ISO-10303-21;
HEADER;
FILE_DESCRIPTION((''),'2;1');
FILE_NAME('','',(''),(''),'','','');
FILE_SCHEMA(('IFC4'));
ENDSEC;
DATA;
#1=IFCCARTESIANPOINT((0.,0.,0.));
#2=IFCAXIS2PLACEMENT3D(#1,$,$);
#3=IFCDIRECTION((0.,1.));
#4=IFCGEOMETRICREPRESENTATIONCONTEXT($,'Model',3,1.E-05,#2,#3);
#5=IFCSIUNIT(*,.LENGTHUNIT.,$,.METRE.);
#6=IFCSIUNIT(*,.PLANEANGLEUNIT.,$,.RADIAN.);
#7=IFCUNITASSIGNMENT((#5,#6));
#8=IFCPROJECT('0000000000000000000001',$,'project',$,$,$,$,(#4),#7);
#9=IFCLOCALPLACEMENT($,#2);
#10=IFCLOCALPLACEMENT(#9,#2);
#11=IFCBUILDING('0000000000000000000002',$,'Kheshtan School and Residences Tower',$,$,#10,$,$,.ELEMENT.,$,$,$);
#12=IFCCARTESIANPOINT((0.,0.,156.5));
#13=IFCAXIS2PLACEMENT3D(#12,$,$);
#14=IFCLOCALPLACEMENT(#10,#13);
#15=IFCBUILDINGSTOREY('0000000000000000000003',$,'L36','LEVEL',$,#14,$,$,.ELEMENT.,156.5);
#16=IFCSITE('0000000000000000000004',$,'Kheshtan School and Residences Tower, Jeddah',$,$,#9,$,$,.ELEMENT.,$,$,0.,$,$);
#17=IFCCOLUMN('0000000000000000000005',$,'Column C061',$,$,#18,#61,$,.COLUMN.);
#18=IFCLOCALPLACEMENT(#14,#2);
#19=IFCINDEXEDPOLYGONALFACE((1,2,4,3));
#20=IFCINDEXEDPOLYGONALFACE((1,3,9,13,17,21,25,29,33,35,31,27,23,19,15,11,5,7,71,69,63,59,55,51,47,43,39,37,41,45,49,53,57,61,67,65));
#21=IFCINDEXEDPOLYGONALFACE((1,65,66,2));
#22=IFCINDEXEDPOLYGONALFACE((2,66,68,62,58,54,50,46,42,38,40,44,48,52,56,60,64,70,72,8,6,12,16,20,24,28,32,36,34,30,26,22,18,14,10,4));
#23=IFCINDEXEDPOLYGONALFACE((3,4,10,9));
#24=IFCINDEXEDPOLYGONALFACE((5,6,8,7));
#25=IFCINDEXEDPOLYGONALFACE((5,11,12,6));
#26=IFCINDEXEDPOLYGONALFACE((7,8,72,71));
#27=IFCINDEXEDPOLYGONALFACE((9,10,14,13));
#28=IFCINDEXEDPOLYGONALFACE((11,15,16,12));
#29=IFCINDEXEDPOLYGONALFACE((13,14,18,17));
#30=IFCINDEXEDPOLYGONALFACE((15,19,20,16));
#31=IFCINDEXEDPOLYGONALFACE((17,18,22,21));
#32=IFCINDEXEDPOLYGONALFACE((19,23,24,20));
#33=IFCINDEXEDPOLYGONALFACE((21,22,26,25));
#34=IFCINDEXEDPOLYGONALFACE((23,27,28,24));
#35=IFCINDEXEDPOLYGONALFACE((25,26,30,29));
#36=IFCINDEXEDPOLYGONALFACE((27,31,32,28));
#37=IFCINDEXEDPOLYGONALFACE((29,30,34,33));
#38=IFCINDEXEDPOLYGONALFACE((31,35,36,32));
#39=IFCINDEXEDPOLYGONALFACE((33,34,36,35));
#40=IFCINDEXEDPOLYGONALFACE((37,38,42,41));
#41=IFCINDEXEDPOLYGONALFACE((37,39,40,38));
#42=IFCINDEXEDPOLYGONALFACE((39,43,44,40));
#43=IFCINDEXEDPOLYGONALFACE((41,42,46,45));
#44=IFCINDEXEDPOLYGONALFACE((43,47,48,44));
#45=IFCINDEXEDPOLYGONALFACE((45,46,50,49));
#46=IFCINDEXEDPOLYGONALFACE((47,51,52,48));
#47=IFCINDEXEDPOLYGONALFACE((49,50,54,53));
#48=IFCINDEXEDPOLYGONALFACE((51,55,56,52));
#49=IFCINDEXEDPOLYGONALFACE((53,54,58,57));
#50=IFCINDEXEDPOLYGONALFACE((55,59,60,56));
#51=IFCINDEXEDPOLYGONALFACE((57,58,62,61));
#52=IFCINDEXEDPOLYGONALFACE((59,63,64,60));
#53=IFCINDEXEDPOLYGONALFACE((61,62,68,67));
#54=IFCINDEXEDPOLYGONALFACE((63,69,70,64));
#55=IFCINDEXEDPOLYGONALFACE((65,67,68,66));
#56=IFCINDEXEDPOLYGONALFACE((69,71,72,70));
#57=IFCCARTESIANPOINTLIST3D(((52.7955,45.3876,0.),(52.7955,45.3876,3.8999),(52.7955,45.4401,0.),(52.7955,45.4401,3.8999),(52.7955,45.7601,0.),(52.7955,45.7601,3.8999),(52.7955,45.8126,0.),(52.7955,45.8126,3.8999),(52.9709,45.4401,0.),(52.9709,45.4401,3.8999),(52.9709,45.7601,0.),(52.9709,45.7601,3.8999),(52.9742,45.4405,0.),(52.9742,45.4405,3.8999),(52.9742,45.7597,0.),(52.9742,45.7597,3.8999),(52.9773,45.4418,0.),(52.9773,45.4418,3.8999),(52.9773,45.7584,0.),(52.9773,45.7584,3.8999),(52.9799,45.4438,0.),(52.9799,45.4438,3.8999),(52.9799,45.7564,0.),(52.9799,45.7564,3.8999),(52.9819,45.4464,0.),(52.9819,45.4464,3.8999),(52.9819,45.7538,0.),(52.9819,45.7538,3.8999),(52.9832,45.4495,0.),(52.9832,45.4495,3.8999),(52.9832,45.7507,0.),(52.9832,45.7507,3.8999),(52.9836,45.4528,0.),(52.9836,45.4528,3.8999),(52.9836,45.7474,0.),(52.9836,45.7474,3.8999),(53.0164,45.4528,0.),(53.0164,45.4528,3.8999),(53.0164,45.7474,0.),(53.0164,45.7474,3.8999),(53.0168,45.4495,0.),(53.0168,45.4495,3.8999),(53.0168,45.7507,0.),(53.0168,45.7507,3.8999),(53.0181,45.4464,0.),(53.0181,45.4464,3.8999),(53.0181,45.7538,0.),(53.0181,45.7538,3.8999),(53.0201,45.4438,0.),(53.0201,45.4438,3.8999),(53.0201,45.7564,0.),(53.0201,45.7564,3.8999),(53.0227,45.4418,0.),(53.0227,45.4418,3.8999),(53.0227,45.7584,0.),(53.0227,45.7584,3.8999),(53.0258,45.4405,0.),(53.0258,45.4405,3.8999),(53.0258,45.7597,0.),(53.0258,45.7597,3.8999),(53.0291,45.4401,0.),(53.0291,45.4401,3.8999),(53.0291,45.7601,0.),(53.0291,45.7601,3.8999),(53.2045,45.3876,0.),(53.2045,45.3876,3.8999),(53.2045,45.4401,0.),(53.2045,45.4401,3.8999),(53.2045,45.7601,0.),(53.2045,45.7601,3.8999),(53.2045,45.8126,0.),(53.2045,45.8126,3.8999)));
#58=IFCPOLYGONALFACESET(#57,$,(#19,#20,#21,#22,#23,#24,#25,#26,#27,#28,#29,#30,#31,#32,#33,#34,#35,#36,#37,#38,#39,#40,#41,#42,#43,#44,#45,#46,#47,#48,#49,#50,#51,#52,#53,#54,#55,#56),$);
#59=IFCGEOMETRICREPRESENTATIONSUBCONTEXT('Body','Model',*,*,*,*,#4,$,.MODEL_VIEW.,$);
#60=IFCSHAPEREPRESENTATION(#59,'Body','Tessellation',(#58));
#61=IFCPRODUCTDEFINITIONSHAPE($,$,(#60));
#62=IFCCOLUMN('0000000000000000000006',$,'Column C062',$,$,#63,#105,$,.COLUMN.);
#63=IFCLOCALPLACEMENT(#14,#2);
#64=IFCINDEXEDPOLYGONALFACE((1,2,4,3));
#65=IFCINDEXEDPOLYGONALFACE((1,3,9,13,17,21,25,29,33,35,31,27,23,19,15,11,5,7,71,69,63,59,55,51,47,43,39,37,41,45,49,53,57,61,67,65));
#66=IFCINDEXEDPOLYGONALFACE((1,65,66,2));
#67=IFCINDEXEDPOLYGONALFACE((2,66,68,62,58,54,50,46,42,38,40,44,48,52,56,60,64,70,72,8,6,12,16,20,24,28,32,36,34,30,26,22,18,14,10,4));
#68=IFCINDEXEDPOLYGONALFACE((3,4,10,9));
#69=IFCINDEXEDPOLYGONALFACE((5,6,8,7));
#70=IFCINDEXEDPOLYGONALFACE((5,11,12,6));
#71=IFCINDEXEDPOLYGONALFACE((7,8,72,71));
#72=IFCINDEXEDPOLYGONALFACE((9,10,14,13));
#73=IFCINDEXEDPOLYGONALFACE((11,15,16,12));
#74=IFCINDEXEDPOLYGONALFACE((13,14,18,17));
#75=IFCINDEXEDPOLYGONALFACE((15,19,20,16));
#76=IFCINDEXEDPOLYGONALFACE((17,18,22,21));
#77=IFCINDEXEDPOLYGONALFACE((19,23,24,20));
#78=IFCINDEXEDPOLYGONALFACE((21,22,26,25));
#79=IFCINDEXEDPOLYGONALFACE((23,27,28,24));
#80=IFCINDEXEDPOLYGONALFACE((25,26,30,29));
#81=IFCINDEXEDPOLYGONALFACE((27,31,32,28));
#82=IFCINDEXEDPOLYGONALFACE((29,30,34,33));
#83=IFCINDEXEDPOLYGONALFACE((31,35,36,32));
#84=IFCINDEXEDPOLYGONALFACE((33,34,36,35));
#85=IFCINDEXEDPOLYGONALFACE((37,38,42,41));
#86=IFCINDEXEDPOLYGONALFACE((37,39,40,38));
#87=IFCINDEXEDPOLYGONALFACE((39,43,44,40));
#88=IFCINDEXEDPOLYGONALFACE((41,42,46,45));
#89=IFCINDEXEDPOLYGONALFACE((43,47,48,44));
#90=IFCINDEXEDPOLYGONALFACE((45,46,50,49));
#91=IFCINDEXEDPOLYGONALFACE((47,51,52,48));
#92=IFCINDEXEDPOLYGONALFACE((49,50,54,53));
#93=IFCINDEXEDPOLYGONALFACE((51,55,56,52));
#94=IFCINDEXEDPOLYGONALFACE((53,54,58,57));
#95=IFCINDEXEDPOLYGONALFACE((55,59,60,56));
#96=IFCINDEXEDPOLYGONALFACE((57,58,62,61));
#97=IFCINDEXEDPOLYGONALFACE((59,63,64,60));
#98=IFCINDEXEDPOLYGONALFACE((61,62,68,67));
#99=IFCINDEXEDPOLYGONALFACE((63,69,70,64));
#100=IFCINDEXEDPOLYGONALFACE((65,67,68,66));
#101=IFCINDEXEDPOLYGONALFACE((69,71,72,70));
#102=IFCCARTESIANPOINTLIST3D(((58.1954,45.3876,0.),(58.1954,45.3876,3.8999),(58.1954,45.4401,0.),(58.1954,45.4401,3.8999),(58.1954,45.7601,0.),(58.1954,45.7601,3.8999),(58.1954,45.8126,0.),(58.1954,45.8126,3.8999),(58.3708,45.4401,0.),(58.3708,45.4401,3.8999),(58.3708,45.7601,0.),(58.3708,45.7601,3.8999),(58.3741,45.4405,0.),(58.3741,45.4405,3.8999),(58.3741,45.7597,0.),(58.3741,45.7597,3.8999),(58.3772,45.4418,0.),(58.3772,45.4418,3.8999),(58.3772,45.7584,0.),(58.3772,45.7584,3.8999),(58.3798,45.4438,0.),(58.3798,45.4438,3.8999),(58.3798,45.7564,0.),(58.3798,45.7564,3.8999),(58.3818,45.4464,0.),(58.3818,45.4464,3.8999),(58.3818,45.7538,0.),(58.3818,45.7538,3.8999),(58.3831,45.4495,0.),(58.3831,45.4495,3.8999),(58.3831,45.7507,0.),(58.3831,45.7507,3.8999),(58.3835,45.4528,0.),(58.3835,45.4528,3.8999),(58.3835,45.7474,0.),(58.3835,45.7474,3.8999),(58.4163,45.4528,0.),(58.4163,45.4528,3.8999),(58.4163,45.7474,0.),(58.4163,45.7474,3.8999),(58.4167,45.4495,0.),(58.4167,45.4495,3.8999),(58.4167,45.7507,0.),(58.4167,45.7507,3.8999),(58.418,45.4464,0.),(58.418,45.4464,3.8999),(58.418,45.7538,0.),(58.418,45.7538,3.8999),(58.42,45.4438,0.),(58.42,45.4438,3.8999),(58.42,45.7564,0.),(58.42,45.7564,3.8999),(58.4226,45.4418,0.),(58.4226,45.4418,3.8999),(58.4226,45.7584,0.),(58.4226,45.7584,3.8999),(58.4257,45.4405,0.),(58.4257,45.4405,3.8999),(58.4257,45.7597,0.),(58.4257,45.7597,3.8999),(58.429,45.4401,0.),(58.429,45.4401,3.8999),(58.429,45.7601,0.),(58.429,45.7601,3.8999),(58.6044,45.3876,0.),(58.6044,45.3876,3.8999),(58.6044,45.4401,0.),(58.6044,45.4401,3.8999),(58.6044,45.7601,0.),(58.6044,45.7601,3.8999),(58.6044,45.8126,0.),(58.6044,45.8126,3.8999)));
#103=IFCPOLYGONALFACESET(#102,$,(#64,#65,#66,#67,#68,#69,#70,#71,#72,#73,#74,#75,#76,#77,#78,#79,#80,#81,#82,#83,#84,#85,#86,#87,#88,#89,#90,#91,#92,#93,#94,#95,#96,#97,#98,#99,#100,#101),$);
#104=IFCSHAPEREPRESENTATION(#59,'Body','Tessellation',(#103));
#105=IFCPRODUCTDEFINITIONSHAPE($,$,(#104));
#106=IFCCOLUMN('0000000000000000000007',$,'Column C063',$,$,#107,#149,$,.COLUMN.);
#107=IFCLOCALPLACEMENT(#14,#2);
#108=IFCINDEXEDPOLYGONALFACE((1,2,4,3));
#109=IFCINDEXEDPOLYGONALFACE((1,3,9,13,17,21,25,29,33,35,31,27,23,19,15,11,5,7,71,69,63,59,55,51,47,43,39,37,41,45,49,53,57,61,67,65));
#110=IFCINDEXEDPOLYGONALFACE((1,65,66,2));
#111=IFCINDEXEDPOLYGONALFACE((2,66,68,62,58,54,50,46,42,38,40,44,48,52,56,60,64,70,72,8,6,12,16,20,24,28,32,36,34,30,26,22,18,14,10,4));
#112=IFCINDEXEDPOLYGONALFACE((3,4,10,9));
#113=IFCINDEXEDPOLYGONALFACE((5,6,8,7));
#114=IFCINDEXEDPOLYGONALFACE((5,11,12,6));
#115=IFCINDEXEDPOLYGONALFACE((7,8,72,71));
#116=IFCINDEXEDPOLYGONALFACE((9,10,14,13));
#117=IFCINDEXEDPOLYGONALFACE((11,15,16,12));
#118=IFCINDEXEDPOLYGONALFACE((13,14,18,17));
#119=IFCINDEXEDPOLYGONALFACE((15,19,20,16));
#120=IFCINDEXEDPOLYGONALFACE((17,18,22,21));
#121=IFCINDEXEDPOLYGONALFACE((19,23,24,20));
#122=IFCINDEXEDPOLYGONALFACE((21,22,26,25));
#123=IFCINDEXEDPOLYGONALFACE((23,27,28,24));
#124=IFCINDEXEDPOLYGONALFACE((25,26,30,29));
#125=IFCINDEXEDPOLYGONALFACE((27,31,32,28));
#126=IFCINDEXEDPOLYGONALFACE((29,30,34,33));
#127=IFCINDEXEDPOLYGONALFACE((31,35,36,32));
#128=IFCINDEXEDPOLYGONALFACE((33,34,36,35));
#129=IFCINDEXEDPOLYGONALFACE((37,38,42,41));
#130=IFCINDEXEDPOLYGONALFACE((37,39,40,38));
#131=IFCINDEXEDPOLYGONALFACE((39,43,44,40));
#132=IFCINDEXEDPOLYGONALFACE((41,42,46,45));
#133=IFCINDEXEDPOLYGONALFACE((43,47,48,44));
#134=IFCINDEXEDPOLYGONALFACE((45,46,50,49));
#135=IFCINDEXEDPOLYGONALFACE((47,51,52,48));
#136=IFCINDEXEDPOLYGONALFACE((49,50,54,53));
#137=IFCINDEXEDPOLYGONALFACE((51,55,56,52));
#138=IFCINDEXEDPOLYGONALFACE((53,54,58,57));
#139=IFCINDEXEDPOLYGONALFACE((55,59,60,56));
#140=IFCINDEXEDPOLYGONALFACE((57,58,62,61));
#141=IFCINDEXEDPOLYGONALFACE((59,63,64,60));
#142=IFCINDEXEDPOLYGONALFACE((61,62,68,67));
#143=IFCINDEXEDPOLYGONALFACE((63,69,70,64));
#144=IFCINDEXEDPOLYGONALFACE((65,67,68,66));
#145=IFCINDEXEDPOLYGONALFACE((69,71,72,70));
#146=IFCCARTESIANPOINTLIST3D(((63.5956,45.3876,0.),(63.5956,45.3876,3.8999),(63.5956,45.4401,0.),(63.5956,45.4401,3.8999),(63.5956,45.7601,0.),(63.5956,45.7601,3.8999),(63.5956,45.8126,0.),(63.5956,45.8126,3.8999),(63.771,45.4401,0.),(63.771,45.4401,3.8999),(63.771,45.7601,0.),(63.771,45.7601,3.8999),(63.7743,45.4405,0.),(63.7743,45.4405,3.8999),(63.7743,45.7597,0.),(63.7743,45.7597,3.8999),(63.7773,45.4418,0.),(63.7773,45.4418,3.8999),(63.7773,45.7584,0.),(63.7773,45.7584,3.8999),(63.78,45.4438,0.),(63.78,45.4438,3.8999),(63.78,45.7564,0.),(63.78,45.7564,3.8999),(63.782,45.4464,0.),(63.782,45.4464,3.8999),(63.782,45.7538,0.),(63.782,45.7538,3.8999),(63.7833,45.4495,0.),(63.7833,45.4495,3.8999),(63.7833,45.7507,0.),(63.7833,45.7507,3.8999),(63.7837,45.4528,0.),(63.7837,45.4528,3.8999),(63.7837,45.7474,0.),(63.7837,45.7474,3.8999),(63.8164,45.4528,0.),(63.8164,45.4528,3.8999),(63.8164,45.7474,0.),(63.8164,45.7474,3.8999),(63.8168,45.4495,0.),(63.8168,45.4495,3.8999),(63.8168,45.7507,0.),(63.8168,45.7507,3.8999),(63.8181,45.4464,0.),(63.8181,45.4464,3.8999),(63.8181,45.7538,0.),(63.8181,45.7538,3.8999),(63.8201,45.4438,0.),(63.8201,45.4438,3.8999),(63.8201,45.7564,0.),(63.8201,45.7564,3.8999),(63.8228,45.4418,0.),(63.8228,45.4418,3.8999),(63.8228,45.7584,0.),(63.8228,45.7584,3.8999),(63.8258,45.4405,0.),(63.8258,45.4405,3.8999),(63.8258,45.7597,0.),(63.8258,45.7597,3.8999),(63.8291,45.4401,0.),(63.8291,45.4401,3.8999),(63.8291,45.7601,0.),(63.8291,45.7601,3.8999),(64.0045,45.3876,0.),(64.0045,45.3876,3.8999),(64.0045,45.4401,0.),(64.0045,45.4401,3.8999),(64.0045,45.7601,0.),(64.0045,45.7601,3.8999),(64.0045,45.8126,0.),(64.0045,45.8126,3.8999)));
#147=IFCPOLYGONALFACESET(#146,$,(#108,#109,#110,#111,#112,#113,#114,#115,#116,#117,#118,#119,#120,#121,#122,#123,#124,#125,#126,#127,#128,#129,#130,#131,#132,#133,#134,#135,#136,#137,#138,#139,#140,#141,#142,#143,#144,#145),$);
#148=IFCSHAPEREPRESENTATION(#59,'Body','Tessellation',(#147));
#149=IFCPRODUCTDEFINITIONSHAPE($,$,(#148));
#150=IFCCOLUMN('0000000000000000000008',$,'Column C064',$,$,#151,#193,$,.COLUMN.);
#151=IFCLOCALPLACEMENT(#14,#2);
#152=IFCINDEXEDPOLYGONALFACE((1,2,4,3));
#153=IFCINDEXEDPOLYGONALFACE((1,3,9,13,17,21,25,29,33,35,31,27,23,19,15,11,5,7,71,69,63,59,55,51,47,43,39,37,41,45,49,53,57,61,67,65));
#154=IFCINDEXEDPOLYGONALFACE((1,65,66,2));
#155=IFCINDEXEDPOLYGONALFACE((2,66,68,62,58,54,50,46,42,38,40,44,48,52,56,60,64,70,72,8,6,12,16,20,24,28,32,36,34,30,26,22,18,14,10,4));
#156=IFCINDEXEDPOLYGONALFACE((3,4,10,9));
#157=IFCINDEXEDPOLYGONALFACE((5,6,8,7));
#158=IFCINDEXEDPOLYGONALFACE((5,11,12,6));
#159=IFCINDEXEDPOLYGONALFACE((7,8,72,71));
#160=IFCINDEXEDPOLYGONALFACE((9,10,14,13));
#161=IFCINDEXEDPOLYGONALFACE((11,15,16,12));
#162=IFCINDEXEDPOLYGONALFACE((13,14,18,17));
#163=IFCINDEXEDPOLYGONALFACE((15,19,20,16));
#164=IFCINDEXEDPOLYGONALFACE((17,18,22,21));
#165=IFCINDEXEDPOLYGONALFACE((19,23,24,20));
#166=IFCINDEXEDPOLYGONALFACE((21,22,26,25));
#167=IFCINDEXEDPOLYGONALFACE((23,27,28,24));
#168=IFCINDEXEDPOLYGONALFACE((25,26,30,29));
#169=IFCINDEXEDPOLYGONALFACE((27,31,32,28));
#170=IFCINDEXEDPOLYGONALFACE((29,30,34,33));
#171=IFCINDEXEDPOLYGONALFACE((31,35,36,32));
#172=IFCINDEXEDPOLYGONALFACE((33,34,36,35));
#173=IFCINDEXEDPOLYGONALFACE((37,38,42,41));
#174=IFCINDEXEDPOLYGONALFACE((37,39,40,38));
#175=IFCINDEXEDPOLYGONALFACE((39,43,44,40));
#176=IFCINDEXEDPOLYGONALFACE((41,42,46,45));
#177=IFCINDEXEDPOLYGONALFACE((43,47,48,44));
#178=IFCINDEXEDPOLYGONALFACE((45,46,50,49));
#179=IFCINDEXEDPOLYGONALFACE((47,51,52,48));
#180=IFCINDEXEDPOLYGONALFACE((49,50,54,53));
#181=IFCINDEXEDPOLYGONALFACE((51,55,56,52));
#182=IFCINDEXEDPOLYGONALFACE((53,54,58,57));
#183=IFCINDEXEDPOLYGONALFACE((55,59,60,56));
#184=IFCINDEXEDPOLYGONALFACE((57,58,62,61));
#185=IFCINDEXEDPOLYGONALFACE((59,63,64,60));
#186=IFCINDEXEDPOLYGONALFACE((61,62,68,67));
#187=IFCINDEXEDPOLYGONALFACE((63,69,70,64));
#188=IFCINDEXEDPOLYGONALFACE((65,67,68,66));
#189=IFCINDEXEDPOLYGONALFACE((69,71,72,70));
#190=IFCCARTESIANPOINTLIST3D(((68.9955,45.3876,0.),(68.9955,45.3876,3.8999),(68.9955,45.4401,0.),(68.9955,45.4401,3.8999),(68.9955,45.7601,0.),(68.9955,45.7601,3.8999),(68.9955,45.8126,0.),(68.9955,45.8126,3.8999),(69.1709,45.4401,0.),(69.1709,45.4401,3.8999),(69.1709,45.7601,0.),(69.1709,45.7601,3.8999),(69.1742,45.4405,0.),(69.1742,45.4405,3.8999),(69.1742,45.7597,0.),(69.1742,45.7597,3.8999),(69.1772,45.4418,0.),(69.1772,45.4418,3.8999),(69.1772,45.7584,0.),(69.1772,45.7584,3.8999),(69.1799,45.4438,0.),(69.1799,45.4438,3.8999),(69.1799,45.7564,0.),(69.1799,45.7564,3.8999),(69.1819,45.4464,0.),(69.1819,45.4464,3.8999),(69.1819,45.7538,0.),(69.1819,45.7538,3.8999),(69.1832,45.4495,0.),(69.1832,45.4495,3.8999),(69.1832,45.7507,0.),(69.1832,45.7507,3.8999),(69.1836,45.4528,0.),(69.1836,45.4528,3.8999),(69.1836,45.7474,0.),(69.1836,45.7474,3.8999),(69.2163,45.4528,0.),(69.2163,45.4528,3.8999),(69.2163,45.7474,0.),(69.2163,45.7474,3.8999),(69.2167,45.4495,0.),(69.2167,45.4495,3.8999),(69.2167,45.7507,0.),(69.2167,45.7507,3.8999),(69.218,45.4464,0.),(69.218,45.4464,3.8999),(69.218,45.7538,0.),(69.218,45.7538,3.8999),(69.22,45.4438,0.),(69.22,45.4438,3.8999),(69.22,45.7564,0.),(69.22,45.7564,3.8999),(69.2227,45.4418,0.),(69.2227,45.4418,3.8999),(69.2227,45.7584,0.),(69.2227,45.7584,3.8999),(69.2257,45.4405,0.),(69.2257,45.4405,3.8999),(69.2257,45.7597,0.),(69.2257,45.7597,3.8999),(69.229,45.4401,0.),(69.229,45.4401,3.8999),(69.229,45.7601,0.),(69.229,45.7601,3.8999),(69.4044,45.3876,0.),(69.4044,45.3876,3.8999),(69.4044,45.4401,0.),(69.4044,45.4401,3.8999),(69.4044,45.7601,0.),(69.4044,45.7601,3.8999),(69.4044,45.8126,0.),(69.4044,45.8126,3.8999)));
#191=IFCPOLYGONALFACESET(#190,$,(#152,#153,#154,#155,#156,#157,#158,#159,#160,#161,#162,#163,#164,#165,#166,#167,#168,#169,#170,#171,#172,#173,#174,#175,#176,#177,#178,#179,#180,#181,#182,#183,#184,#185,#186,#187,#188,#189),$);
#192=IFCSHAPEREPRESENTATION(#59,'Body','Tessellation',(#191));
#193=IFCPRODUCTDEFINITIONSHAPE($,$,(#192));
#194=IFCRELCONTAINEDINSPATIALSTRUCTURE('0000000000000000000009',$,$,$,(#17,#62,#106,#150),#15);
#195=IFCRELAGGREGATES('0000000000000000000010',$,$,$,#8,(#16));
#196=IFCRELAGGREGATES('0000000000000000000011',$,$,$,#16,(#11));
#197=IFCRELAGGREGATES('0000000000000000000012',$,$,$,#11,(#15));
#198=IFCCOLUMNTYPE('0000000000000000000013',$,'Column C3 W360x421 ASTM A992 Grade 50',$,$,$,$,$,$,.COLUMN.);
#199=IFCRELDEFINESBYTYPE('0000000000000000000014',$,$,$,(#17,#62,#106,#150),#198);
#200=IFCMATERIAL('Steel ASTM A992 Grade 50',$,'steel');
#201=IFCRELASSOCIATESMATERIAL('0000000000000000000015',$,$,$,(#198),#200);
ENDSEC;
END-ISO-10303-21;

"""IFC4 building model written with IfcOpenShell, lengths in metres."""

from ifc_helpers import new_model, si_unit, direction, frame, origin, origin_2d, place, context, subcontext, project, spatial, i_section, extrude, material, material_profile, profile_set, type_object, element, save


model = new_model("IFC4")

# Units and contexts
model_context = context("Model", 3, precision=1e-05, world=origin(), true_north=direction((0.0, 1.0)))
body_context = subcontext(model_context, "Body", "Model", "MODEL_VIEW")
ifc_project = project(units=[si_unit("LENGTHUNIT", "METRE"), si_unit("PLANEANGLEUNIT", "RADIAN")], contexts=[model_context])

# Site, building, storey
site_placement = place(None, origin())
site = spatial("IfcSite", under=ifc_project, at=site_placement, Name="Kheshtan School and Residences Tower, Jeddah", CompositionType="ELEMENT", RefElevation=0.0)
building_placement = place(site_placement, origin())
building = spatial("IfcBuilding", under=site, at=building_placement, Name="Kheshtan School and Residences Tower", CompositionType="ELEMENT")
storey_placement = place(building_placement, frame((0.0, 0.0, 156.5)))
storey = spatial("IfcBuildingStorey", under=building, at=storey_placement, Name="L36", Description="LEVEL", CompositionType="ELEMENT", Elevation=156.5)

# Columns
ifc_material_1 = material(Name="Steel ASTM A992 Grade 50", Category="steel")
ifc_material_profile_1 = material_profile(ifc_material_1, i_section(OverallWidth=0.4089, OverallDepth=0.425, WebThickness=0.0327, FlangeThickness=0.0525, FilletRadius=0.0127, at=origin_2d()), Name="W360x421")
ifc_profile_set_1 = profile_set([ifc_material_profile_1], Name="Steel ASTM A992 Grade 50")
column_type_1 = type_object("IfcColumnType", Name="Column C3 W360x421 ASTM A992 Grade 50", PredefinedType="COLUMN", material=ifc_profile_set_1)
for number, where, z_axis, x_axis, name in (
    (1, (53.0, 45.6001, 0.0), (0.0, 0.0, 1.0), (1.0, 0.0, 0.0), "Column C061"),
    (2, (58.3999, 45.6001, 0.0), (0.0, 0.0, 1.0), (1.0, 0.0, 0.0), "Column C062"),
    (3, (63.8, 45.6001, 0.0), (0.0, 0.0, 1.0), (1.0, 0.0, 0.0), "Column C063"),
    (4, (69.2, 45.6001, 0.0), (0.0, 0.0, 1.0), (1.0, 0.0, 0.0), "Column C064"),
):
    element("IfcColumn", number, at=place(storey_placement, frame(where, z_axis=z_axis, x_axis=x_axis)), inside=storey, type_object=column_type_1, Name=name, PredefinedType="COLUMN", context=body_context, shape_type="SweptSolid", body=[
        extrude(i_section(OverallWidth=0.4089, OverallDepth=0.425, WebThickness=0.0327, FlangeThickness=0.0525, FilletRadius=0.0127, at=origin_2d()), origin(), (0.0, 0.0, 1.0), 3.8999),
    ])

save(model, "model.ifc")
